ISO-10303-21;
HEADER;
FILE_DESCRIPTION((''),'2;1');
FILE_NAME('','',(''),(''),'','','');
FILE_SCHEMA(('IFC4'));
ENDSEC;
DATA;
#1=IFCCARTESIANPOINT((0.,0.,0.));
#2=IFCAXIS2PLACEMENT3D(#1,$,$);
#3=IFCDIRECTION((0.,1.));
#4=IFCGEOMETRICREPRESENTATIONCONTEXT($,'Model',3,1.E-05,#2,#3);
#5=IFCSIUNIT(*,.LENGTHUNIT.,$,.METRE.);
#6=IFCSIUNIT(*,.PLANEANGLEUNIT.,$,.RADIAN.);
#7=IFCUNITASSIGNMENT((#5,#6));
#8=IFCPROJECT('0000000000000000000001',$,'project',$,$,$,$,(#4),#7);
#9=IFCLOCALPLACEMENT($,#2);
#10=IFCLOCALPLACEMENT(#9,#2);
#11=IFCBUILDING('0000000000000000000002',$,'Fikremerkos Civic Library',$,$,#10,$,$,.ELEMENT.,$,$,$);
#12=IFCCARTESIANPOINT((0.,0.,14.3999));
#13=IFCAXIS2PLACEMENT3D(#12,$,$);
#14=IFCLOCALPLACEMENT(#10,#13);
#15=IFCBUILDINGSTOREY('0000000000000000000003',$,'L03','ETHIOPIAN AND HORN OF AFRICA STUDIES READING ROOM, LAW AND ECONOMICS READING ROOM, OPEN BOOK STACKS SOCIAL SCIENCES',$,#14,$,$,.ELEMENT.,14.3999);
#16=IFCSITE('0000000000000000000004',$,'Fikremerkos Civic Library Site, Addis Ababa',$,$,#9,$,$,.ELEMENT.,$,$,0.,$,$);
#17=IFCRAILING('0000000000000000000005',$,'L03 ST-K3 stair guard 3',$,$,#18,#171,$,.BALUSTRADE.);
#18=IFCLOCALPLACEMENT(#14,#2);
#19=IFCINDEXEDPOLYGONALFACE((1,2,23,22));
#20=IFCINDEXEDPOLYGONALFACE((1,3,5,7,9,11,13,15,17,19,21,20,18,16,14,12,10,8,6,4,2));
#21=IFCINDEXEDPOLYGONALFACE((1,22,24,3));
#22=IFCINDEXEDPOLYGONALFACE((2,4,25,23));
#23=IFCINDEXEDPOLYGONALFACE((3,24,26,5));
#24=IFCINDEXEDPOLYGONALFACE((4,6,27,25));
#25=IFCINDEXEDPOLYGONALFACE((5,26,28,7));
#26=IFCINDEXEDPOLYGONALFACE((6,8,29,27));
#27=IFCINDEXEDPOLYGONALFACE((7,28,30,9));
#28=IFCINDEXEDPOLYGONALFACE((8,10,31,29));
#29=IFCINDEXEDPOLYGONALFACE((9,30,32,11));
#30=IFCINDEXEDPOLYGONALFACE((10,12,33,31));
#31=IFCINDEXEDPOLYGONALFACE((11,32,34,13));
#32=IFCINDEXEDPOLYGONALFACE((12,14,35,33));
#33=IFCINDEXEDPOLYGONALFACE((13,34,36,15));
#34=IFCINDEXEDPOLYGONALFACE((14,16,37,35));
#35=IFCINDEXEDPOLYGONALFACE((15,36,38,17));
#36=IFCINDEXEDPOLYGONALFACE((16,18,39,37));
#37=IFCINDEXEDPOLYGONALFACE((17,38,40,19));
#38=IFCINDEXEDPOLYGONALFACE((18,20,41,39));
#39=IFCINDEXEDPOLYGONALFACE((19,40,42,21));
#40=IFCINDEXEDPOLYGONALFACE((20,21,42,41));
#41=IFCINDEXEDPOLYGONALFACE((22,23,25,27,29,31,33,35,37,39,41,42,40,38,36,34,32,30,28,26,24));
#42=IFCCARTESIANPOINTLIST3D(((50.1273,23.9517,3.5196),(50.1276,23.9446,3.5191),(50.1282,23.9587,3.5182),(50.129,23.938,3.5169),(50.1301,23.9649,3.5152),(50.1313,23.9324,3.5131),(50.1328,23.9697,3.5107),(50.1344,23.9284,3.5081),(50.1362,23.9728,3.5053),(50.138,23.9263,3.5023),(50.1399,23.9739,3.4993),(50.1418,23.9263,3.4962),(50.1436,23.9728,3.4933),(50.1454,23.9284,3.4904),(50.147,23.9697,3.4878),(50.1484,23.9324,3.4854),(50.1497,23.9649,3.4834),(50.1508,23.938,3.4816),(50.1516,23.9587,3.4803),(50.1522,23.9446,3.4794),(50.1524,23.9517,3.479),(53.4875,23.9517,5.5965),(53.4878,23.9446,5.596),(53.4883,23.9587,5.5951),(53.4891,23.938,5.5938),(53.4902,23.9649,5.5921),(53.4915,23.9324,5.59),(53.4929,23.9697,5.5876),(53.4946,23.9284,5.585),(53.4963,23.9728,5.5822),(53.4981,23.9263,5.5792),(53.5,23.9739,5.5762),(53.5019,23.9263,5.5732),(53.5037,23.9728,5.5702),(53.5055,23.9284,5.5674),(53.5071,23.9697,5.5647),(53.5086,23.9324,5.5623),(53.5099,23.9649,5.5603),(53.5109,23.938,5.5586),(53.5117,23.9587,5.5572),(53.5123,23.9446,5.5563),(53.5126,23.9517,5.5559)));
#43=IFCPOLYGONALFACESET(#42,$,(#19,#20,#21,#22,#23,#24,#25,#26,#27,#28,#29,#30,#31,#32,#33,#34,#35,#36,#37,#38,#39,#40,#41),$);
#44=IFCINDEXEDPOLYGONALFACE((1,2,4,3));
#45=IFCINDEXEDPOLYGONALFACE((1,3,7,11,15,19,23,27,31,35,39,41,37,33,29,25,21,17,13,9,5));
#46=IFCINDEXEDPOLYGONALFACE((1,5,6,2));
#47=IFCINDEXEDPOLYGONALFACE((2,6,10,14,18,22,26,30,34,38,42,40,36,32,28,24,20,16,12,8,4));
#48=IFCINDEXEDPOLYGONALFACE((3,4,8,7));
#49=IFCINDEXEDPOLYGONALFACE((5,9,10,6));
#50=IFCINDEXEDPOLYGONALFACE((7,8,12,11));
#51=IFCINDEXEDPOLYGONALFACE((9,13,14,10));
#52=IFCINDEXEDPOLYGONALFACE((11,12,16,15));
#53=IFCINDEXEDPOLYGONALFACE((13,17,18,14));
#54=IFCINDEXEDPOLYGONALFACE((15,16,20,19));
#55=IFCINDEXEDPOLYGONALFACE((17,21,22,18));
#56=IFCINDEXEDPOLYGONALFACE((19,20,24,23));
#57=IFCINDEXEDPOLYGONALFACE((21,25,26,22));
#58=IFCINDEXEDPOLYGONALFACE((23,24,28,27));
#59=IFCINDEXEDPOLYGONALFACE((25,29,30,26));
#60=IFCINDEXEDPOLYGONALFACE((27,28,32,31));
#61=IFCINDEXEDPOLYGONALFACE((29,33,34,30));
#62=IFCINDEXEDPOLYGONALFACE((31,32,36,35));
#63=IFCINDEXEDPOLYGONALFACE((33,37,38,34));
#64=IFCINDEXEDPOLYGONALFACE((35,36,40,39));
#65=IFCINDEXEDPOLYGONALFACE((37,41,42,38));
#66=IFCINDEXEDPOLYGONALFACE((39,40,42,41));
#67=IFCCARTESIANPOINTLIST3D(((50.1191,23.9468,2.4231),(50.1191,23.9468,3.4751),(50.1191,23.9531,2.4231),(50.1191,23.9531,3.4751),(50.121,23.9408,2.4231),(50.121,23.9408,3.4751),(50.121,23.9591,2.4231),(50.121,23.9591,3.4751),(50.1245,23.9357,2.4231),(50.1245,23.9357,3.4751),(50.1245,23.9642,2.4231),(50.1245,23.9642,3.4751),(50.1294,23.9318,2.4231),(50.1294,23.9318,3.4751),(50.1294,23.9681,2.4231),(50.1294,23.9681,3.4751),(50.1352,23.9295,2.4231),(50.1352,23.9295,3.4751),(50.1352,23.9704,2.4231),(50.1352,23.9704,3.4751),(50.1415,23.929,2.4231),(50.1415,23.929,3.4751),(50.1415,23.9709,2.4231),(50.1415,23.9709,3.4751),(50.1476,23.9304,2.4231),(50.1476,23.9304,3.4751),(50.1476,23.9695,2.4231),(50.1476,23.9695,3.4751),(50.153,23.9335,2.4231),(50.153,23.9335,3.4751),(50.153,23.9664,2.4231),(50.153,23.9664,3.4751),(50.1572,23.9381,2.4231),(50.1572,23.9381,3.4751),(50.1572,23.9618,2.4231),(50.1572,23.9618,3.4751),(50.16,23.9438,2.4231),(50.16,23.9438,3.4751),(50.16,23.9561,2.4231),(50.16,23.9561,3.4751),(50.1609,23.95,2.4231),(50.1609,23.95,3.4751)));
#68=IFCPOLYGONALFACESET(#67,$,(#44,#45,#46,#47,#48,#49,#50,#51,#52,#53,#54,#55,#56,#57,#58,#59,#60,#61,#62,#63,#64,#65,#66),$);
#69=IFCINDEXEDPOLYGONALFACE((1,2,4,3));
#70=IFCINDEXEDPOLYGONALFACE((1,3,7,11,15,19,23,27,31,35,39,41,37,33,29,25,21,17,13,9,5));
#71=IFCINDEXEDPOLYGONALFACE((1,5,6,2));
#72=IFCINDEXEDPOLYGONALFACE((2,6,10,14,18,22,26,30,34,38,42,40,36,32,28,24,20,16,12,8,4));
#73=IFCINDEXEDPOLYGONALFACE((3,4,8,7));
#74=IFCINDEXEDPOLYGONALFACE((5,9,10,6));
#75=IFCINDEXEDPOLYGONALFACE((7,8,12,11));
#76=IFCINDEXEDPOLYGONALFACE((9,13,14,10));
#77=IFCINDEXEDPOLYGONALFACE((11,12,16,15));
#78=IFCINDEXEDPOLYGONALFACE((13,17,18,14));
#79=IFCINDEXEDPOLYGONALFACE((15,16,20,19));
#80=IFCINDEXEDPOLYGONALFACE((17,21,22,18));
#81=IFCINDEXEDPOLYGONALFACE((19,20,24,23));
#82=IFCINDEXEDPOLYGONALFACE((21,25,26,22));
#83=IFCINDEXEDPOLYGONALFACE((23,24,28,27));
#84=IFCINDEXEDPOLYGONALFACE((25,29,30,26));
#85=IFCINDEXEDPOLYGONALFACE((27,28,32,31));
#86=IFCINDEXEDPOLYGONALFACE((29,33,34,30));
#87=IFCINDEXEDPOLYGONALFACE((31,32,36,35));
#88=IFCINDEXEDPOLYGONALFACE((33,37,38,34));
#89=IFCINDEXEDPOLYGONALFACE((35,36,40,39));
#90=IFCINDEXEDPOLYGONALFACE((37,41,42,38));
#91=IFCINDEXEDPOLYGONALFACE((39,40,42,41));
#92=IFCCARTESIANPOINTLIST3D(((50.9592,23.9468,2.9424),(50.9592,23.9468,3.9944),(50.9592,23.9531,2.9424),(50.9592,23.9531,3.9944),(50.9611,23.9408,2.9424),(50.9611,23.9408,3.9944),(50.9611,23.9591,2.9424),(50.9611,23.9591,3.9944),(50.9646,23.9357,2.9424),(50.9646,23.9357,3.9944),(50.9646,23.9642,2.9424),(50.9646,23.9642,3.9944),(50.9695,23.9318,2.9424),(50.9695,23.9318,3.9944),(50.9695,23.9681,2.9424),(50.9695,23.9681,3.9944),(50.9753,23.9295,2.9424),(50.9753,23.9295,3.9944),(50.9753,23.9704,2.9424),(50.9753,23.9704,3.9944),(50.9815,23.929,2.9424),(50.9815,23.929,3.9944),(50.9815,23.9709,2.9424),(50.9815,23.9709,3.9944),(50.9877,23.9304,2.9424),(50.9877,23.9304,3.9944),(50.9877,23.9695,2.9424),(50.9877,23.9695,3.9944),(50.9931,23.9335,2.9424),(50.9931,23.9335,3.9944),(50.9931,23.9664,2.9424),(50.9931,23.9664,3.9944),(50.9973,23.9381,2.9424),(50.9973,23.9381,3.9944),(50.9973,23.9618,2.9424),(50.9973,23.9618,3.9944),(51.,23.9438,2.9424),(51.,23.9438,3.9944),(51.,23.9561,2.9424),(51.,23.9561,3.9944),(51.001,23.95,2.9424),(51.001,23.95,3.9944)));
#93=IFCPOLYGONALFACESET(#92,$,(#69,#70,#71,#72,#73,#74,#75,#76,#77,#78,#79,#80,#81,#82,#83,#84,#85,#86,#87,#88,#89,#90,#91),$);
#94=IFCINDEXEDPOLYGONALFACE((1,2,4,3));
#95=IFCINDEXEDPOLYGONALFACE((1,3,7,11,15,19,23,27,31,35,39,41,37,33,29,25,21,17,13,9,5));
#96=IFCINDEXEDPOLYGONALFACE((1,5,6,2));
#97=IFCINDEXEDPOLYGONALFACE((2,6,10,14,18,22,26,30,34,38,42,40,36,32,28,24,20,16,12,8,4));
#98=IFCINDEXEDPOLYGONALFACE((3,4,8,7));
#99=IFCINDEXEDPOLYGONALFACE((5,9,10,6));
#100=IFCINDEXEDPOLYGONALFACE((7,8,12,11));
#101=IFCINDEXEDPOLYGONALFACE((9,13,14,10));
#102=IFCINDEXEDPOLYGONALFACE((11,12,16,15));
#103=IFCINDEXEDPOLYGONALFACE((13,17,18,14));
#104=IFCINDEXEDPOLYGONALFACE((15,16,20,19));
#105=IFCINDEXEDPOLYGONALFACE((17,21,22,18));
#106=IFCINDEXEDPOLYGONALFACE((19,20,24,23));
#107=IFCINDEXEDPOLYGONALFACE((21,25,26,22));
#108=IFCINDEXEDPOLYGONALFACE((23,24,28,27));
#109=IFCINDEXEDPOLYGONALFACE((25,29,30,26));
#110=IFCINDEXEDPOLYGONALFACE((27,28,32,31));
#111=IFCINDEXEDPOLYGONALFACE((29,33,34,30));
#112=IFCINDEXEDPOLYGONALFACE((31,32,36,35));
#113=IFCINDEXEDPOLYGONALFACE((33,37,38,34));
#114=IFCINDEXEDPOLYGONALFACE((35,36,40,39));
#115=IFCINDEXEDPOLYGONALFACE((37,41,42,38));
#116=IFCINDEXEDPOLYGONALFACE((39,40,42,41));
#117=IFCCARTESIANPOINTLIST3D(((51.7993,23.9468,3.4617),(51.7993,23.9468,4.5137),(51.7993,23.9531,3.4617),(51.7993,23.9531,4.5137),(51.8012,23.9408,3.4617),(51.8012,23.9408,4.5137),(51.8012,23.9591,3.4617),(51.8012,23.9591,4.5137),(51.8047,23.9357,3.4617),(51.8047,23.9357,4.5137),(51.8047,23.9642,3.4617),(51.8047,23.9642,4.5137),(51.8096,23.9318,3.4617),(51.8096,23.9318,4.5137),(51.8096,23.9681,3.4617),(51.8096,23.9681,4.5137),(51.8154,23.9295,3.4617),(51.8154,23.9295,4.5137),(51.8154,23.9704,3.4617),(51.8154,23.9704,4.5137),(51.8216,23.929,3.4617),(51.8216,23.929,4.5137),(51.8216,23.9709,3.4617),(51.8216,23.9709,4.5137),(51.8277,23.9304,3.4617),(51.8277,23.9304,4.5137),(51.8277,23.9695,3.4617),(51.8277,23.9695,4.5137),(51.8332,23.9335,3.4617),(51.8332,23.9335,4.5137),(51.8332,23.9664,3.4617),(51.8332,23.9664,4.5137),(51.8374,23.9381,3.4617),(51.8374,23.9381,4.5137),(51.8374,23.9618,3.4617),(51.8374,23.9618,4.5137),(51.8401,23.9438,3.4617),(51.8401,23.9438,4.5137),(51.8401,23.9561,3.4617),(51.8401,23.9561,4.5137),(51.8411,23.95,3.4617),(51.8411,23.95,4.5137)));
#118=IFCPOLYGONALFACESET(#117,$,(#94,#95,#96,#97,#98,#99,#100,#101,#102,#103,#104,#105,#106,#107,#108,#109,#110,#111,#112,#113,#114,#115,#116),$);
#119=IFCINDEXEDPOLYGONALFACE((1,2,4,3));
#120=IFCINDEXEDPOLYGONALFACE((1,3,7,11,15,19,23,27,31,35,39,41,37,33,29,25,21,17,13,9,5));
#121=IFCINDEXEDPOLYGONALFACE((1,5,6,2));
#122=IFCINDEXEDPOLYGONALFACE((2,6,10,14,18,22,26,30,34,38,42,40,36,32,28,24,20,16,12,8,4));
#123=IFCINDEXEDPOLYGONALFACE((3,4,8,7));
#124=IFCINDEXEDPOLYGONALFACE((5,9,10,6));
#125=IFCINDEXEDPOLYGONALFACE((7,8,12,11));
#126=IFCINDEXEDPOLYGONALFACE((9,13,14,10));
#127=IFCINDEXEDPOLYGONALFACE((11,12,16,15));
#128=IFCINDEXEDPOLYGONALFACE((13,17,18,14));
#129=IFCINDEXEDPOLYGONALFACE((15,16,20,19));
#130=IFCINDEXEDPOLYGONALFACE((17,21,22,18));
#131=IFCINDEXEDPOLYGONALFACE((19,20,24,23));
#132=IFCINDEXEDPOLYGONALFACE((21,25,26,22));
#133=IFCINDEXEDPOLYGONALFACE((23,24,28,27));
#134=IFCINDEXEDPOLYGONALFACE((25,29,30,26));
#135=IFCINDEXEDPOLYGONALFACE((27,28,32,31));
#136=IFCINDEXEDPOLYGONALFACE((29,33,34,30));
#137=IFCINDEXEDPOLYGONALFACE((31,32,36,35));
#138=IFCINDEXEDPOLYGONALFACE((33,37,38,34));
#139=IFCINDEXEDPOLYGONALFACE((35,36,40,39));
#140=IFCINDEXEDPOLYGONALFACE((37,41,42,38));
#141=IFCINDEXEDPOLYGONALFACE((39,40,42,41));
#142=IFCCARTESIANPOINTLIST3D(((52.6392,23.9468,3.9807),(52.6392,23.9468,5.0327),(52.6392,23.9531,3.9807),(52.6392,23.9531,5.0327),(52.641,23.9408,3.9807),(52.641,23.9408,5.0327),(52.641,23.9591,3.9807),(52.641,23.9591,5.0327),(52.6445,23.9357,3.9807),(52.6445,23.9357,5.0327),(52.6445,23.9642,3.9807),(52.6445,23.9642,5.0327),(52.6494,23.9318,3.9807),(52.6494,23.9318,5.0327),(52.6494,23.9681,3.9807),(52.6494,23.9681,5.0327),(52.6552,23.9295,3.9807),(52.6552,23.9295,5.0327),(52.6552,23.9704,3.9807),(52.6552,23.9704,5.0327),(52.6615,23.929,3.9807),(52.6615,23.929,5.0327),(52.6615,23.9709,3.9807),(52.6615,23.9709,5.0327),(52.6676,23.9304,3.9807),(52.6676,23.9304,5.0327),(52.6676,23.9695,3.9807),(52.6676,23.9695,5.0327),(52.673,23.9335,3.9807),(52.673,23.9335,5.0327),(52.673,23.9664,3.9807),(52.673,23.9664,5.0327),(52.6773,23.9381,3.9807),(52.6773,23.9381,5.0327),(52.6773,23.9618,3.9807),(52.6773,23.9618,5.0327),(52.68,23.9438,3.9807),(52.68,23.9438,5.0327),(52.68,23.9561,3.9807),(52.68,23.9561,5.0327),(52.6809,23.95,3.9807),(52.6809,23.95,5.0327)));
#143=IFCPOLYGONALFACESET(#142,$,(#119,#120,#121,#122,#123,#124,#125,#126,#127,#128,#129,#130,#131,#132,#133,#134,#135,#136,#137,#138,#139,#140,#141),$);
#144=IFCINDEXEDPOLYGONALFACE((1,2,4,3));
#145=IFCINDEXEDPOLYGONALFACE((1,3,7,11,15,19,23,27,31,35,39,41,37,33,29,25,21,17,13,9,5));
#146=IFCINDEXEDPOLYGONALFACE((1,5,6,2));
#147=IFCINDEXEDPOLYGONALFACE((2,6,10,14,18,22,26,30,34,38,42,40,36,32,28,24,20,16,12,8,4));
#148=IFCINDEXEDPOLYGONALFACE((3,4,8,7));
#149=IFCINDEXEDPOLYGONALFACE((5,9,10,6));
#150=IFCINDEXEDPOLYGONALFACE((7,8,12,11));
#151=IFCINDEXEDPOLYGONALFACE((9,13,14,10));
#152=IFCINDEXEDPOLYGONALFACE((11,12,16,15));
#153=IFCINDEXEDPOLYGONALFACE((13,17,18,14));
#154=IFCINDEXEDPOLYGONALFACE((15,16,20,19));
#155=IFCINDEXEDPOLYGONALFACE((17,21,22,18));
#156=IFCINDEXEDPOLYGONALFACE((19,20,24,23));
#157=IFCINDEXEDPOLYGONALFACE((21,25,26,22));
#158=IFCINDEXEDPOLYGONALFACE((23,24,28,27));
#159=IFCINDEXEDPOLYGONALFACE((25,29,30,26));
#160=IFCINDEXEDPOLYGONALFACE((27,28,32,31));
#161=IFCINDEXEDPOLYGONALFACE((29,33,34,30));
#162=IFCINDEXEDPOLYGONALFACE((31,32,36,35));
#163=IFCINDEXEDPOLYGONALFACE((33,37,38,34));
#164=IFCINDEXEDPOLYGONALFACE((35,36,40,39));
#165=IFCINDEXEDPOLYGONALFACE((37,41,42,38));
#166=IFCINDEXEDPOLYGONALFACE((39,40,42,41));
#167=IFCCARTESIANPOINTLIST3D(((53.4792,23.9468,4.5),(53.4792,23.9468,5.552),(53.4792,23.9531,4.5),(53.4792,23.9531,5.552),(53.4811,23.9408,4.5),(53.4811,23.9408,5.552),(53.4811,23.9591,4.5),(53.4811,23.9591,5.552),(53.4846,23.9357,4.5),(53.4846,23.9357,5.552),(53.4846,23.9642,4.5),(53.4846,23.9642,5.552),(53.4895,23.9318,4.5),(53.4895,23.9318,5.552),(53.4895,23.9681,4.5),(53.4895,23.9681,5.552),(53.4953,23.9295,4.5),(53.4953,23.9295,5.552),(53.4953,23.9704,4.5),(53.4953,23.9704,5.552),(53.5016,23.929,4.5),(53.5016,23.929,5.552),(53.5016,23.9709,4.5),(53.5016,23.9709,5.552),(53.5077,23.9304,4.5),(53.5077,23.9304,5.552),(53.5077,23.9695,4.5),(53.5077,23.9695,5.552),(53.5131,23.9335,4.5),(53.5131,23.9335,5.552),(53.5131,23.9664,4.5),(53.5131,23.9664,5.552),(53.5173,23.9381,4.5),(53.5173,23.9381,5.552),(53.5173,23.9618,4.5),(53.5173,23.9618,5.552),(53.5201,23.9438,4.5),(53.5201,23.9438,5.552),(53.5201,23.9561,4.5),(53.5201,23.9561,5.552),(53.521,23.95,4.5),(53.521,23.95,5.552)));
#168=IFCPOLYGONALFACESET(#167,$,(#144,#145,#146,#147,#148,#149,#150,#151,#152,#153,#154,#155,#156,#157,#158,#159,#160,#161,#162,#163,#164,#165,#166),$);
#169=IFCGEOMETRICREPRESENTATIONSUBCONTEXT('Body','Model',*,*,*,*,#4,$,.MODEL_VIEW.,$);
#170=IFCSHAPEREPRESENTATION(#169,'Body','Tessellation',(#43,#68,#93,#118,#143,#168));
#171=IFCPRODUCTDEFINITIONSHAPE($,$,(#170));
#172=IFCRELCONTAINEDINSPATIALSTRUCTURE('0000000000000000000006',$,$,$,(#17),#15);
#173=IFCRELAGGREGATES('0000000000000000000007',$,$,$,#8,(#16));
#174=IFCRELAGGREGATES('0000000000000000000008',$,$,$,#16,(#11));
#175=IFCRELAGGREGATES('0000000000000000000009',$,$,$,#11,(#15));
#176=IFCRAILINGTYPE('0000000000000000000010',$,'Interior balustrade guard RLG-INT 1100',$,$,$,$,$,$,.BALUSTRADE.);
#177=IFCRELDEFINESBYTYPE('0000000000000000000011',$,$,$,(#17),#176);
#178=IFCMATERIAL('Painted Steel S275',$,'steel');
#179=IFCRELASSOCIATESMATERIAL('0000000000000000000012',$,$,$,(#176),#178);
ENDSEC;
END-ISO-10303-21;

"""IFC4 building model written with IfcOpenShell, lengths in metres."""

from ifc_helpers import new_model, si_unit, direction, frame, origin, origin_2d, place, context, subcontext, project, spatial, circle, extrude, material, type_object, element, save


model = new_model("IFC4")

# Units and contexts
model_context = context("Model", 3, precision=1e-05, world=origin(), true_north=direction((0.0, 1.0)))
body_context = subcontext(model_context, "Body", "Model", "MODEL_VIEW")
ifc_project = project(units=[si_unit("LENGTHUNIT", "METRE"), si_unit("PLANEANGLEUNIT", "RADIAN")], contexts=[model_context])

# Site, building, storey
site_placement = place(None, origin())
site = spatial("IfcSite", under=ifc_project, at=site_placement, Name="Fikremerkos Civic Library Site, Addis Ababa", CompositionType="ELEMENT", RefElevation=0.0)
building_placement = place(site_placement, origin())
building = spatial("IfcBuilding", under=site, at=building_placement, Name="Fikremerkos Civic Library", CompositionType="ELEMENT")
storey_placement = place(building_placement, frame((0.0, 0.0, 14.3999)))
storey = spatial("IfcBuildingStorey", under=building, at=storey_placement, Name="L03", Description="ETHIOPIAN AND HORN OF AFRICA STUDIES READING ROOM, LAW AND ECONOMICS READING ROOM, OPEN BOOK STACKS SOCIAL SCIENCES", CompositionType="ELEMENT", Elevation=14.3999)

# Railing
ifc_material_1 = material(Name="Painted Steel S275", Category="steel")
railing_type_1 = type_object("IfcRailingType", Name="Interior balustrade guard RLG-INT 1100", PredefinedType="BALUSTRADE", material=ifc_material_1)
railing_1_placement = place(storey_placement, frame((50.1399, 23.95, 2.4231)))
element("IfcRailing", 1, at=railing_1_placement, inside=storey, type_object=railing_type_1, Name="L03 ST-K3 stair guard 3", PredefinedType="BALUSTRADE", context=body_context, shape_type="SweptSolid", body=[
    extrude(circle(Radius=0.0239, at=origin_2d()), frame((0.0, 0.0, 1.0762), z_axis=(0.850623, 0.0, 0.525776), x_axis=(0.0, 1.0, 0.0)), (0.0, 0.0, 1.0), 3.9502),
    extrude(circle(Radius=0.021, at=origin_2d()), origin(), (0.0, 0.0, 1.0), 1.052),
    extrude(circle(Radius=0.021, at=origin_2d()), frame((0.8401, 0.0, 0.5193)), (0.0, 0.0, 1.0), 1.052),
    extrude(circle(Radius=0.021, at=origin_2d()), frame((1.6802, 0.0, 1.0386)), (0.0, 0.0, 1.0), 1.052),
    extrude(circle(Radius=0.021, at=origin_2d()), frame((2.52, 0.0, 1.5576)), (0.0, 0.0, 1.0), 1.052),
    extrude(circle(Radius=0.021, at=origin_2d()), frame((3.3601, 0.0, 2.0769)), (0.0, 0.0, 1.0), 1.052),
])

save(model, "model.ifc")
